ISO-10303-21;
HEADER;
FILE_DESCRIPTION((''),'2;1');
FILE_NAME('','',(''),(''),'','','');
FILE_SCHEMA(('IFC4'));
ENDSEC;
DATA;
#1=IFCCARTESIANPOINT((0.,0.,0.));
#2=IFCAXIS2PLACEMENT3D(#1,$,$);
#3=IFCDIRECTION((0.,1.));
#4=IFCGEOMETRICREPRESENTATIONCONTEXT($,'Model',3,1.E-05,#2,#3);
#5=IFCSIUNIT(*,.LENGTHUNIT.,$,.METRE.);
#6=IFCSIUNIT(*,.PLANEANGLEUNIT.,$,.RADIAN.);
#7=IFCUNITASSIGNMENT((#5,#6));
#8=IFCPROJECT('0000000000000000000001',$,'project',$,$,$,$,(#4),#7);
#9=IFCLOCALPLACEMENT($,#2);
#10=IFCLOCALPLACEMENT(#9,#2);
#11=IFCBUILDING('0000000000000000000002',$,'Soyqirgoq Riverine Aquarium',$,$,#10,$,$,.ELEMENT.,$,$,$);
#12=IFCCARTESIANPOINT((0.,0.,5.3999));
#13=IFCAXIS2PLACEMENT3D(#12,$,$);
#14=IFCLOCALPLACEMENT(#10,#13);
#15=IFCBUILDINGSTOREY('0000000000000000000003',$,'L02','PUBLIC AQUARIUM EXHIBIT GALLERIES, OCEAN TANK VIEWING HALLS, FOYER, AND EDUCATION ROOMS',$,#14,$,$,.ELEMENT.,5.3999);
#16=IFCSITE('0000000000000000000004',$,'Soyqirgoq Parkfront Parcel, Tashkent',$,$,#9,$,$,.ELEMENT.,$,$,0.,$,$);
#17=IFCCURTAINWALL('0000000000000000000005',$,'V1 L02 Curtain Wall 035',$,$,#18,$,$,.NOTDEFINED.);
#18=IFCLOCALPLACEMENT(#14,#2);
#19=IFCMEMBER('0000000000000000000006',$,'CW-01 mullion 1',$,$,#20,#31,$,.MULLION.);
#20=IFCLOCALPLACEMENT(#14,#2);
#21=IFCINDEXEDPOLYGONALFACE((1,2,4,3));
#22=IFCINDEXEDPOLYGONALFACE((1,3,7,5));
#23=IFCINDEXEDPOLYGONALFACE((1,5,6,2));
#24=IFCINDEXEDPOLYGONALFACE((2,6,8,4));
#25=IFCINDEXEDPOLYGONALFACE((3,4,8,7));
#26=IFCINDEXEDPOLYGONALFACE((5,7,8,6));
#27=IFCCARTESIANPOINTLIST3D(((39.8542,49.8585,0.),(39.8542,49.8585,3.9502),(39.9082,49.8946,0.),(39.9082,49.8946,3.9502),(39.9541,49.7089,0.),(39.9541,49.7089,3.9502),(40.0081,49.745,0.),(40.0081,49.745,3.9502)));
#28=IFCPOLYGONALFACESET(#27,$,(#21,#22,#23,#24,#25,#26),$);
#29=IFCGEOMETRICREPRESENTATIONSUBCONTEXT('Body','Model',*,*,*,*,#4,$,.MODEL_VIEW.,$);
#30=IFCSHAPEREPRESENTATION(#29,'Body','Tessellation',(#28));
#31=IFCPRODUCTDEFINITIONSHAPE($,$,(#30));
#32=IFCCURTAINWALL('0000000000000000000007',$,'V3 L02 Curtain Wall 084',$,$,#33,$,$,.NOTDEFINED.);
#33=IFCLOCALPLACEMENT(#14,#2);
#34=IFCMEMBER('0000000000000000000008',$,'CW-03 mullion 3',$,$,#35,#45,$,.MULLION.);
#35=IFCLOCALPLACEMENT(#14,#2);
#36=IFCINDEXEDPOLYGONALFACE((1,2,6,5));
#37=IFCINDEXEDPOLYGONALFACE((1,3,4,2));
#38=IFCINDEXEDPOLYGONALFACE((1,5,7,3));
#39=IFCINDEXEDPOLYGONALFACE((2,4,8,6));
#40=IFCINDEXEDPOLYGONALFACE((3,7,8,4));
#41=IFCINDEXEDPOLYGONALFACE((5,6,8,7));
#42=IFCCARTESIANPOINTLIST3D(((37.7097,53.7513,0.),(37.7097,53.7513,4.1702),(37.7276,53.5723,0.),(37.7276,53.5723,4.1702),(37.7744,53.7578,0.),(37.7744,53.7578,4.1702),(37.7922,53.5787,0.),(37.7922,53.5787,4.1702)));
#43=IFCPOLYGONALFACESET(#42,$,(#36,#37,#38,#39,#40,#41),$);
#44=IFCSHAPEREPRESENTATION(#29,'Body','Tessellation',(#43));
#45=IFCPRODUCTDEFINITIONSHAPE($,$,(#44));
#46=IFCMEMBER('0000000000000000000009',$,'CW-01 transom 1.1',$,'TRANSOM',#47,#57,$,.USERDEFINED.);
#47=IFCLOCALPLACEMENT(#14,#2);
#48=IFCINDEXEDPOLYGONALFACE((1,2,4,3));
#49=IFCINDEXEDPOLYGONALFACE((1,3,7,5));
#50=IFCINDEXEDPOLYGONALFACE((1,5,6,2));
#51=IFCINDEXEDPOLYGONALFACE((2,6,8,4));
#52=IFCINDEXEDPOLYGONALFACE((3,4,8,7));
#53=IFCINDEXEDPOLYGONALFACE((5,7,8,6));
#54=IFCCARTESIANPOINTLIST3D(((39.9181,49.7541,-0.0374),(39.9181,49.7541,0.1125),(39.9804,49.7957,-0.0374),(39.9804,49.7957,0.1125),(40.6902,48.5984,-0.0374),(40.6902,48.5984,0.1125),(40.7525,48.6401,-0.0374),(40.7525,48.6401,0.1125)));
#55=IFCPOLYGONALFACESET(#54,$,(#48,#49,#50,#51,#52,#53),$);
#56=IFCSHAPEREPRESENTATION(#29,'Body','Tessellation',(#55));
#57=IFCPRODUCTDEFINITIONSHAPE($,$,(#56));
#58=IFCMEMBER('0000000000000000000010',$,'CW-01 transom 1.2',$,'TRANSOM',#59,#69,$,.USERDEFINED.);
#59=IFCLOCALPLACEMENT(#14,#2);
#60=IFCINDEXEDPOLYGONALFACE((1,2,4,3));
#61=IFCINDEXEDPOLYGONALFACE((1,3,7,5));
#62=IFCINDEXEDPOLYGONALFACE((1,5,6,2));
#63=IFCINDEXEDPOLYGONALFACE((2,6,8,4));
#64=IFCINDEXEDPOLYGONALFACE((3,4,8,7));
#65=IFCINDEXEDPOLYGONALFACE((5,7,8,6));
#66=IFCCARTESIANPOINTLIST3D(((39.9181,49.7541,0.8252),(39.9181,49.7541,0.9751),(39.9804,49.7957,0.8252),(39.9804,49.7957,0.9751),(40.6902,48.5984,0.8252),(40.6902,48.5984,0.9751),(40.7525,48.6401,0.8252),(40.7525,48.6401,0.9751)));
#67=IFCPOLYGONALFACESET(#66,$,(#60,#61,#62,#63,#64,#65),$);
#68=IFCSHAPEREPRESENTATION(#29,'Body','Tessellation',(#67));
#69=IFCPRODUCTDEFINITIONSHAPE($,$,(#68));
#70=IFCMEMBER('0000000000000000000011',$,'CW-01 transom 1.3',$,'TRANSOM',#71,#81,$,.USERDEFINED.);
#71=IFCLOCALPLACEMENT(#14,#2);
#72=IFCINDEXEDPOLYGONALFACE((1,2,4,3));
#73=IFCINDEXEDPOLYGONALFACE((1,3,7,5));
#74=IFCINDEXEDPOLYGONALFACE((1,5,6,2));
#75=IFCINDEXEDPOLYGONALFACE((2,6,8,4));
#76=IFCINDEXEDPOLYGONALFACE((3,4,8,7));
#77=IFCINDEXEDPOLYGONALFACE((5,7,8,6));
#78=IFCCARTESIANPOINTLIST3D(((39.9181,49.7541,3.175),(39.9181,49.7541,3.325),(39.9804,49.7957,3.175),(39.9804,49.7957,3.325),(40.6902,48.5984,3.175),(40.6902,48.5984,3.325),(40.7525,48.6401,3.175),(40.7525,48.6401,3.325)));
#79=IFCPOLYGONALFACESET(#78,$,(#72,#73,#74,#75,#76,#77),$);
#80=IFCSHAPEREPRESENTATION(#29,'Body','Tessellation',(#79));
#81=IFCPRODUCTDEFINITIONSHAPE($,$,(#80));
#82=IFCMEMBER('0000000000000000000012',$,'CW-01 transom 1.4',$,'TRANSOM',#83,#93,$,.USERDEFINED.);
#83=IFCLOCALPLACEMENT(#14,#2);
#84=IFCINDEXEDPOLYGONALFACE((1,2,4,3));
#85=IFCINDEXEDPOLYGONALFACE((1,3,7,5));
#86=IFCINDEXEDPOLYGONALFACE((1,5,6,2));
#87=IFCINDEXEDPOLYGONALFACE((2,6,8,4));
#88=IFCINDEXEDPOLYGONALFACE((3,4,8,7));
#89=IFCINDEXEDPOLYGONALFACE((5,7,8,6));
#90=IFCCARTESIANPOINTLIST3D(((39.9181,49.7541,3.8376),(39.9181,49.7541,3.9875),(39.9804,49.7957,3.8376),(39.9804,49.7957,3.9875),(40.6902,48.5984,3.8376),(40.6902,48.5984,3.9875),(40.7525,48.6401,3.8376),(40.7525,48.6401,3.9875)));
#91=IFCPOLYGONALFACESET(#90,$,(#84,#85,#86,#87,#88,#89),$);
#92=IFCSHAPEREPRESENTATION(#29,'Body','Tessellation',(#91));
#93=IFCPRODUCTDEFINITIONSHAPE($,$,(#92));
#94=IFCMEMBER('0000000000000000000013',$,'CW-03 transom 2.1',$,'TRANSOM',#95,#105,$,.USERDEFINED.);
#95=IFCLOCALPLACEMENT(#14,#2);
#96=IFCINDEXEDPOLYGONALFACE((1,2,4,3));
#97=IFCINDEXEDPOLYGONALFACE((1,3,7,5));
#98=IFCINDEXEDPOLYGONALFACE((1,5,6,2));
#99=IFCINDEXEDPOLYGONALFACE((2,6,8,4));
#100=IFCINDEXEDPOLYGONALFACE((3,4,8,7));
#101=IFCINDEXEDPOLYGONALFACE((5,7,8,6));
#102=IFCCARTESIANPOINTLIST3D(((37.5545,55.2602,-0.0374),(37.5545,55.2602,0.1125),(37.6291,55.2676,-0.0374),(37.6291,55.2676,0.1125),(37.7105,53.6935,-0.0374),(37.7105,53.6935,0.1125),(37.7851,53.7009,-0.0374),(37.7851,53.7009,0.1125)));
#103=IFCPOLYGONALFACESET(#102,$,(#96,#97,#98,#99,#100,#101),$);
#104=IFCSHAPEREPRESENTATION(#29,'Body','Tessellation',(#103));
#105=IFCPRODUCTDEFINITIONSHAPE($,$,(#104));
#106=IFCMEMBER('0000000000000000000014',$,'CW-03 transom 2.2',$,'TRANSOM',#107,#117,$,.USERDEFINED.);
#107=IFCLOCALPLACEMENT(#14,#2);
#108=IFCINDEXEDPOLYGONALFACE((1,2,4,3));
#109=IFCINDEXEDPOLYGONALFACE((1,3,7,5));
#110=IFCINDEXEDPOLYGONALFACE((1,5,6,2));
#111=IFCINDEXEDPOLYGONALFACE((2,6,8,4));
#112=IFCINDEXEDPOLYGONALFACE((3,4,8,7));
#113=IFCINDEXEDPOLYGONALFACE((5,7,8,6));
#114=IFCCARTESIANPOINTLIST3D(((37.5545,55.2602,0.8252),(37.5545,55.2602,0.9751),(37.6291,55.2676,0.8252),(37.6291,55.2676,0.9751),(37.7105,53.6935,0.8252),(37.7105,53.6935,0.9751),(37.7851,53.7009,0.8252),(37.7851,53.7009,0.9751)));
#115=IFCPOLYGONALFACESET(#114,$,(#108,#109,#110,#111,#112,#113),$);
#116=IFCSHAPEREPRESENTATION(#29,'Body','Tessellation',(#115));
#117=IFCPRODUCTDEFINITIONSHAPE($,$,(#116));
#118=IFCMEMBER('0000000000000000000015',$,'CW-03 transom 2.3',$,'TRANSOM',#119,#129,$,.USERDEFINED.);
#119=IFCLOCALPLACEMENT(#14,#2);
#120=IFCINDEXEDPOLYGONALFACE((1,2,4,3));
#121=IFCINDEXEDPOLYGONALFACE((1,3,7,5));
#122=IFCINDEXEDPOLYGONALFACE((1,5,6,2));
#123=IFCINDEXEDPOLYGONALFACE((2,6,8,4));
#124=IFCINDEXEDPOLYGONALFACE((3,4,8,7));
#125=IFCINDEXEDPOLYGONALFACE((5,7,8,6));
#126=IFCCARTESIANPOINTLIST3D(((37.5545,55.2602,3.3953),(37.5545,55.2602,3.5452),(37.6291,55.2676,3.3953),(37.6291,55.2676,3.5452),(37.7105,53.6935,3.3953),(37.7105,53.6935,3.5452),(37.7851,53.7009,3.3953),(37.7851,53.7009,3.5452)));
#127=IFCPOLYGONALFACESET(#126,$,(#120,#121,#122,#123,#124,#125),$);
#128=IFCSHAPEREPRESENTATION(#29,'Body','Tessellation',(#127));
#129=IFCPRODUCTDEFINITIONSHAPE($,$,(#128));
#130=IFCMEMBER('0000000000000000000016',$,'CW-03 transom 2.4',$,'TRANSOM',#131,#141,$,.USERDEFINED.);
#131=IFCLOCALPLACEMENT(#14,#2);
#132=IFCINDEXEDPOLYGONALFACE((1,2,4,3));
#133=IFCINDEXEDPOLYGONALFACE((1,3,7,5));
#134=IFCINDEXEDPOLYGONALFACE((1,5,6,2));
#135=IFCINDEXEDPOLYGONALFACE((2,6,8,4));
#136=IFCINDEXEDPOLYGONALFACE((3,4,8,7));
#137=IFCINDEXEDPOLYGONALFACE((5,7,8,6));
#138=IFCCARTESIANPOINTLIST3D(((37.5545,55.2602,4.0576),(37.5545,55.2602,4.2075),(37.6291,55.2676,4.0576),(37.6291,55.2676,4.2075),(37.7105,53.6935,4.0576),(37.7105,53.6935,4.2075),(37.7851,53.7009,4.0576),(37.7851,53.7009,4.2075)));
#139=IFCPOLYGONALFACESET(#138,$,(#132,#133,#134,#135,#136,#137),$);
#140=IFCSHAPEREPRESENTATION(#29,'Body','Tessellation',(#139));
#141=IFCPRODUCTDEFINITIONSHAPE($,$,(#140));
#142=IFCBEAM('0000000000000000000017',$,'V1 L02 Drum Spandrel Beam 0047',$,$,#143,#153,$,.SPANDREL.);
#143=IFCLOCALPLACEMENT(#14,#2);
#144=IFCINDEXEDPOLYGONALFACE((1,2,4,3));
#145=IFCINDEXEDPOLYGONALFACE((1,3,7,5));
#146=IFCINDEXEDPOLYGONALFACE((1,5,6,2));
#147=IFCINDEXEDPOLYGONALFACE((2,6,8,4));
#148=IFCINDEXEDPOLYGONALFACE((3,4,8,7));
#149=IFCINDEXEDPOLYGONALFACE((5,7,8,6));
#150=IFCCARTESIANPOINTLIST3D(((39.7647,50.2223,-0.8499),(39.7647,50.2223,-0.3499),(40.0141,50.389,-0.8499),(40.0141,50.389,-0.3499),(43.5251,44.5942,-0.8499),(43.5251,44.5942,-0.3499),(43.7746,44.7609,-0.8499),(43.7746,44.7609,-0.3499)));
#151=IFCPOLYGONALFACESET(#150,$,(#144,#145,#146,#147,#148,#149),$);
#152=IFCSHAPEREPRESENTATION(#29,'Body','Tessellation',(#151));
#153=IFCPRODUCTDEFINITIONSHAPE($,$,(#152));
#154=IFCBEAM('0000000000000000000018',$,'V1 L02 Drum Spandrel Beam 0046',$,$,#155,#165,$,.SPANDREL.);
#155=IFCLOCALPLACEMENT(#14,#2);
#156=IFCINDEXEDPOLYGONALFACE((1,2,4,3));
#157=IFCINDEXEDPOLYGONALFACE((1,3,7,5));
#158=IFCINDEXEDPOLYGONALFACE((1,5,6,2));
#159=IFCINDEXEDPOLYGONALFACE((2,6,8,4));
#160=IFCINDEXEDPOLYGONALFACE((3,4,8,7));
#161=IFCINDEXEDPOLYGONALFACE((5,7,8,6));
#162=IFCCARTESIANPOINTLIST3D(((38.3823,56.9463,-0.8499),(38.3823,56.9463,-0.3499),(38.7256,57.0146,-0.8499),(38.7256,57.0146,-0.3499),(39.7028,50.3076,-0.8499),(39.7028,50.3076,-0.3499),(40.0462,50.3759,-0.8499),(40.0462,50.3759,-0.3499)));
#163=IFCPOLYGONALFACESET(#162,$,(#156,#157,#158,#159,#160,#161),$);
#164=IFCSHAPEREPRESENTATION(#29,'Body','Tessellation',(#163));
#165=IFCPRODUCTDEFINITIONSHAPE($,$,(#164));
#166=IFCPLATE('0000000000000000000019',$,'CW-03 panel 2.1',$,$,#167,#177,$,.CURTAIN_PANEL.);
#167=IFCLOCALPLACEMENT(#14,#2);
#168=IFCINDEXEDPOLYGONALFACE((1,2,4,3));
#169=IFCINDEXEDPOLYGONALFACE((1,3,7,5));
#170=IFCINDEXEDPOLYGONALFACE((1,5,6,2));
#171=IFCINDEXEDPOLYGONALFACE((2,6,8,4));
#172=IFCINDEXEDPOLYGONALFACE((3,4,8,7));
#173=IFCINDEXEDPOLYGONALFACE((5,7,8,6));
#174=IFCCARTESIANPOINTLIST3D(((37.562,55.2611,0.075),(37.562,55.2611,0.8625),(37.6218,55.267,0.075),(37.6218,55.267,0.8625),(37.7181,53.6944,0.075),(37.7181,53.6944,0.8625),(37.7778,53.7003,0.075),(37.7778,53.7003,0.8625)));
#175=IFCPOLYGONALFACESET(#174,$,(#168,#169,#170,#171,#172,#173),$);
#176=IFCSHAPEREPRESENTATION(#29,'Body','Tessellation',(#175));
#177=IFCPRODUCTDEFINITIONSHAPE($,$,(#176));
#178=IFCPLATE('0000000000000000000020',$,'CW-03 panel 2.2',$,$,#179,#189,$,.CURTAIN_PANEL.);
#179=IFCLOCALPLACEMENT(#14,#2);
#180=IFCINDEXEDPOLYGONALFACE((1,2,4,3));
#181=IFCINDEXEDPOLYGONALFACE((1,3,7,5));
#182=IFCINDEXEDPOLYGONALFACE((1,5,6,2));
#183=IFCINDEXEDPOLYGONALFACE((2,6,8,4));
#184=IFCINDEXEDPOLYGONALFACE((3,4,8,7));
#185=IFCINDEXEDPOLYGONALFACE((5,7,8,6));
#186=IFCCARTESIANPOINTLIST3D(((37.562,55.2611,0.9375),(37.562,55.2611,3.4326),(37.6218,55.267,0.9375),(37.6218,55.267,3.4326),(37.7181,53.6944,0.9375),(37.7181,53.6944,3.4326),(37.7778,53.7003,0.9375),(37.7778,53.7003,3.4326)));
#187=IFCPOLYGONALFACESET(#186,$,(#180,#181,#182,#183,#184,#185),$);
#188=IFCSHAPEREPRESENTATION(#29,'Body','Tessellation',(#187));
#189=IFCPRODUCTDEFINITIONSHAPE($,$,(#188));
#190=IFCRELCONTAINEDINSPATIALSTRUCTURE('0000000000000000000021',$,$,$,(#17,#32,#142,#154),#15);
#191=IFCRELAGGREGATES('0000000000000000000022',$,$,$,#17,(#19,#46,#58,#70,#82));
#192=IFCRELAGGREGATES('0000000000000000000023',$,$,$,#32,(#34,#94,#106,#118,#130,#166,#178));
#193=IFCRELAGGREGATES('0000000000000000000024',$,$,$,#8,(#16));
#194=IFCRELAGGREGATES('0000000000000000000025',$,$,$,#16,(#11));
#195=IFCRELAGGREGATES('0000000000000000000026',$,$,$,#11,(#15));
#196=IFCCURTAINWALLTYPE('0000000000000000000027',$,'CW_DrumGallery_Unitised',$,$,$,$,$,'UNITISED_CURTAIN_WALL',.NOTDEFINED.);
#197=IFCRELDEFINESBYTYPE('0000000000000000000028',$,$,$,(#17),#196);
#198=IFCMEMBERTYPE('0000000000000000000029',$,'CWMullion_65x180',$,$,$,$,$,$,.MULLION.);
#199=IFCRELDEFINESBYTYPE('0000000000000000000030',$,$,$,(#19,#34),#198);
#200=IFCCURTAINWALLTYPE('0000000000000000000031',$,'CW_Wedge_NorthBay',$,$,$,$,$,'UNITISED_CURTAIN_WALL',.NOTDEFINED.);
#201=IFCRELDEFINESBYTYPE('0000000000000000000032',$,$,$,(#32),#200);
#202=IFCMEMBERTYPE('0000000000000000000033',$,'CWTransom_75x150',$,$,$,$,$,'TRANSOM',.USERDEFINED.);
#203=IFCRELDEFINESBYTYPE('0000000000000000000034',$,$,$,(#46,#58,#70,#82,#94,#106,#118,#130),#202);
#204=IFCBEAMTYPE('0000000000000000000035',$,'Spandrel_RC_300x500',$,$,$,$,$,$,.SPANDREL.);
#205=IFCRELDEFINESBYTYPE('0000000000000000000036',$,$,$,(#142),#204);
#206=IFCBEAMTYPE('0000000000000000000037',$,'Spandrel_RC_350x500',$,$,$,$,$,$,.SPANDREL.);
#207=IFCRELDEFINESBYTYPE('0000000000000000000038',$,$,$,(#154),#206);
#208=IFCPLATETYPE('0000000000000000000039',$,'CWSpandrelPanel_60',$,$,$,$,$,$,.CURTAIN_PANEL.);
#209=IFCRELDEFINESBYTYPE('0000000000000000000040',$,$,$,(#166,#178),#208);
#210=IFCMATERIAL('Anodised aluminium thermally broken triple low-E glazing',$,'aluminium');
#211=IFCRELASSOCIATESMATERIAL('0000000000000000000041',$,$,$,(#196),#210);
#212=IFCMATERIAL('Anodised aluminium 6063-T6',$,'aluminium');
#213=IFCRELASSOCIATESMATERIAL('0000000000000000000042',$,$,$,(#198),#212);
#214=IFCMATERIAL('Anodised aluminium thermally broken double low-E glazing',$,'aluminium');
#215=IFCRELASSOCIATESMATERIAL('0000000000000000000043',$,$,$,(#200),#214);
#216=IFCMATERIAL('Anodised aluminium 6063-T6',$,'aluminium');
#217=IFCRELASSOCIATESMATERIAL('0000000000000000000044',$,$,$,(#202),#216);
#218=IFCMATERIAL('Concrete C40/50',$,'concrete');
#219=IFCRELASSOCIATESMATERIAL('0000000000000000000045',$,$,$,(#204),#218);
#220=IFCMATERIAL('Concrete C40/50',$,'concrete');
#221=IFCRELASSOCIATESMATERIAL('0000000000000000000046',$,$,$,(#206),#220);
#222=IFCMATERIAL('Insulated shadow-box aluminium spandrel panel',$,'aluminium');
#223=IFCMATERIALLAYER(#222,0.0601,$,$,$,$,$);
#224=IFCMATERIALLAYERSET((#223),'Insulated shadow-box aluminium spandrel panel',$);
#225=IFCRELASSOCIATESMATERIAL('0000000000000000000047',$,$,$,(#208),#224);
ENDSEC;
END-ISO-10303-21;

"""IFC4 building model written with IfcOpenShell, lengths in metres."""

from ifc_helpers import new_model, si_unit, direction, frame, origin, origin_2d, place, context, subcontext, project, spatial, rectangle, extrude, material, layer, layer_set, material_profile, profile_set, type_object, element, aggregate, save


model = new_model("IFC4")

# Units and contexts
model_context = context("Model", 3, precision=1e-05, world=origin(), true_north=direction((0.0, 1.0)))
body_context = subcontext(model_context, "Body", "Model", "MODEL_VIEW")
ifc_project = project(units=[si_unit("LENGTHUNIT", "METRE"), si_unit("PLANEANGLEUNIT", "RADIAN")], contexts=[model_context])

# Site, building, storey
site_placement = place(None, origin())
site = spatial("IfcSite", under=ifc_project, at=site_placement, Name="Soyqirgoq Parkfront Parcel, Tashkent", CompositionType="ELEMENT", RefElevation=0.0)
building_placement = place(site_placement, origin())
building = spatial("IfcBuilding", under=site, at=building_placement, Name="Soyqirgoq Riverine Aquarium", CompositionType="ELEMENT")
storey_placement = place(building_placement, frame((0.0, 0.0, 5.3999)))
storey = spatial("IfcBuildingStorey", under=building, at=storey_placement, Name="L02", Description="PUBLIC AQUARIUM EXHIBIT GALLERIES, OCEAN TANK VIEWING HALLS, FOYER, AND EDUCATION ROOMS", CompositionType="ELEMENT", Elevation=5.3999)

# Curtain walls, members
ifc_material_1 = material(Name="Anodised aluminium thermally broken triple low-E glazing", Category="aluminium")
curtain_wall_type_1 = type_object("IfcCurtainWallType", Name="CW_DrumGallery_Unitised", ElementType="UNITISED_CURTAIN_WALL", PredefinedType="NOTDEFINED", material=ifc_material_1)
curtain_wall_1_placement = place(storey_placement, origin())
curtain_wall_1 = element("IfcCurtainWall", 1, at=curtain_wall_1_placement, inside=storey, type_object=curtain_wall_type_1, Name="V1 L02 Curtain Wall 035", PredefinedType="NOTDEFINED")
ifc_material_2 = material(Name="Anodised aluminium 6063-T6", Category="aluminium")
ifc_material_profile_1 = material_profile(ifc_material_2, rectangle(XDim=0.0649, YDim=0.1799, at=origin_2d()), Name="ALU-M 65x180")
ifc_profile_set_1 = profile_set([ifc_material_profile_1], Name="Anodised aluminium 6063-T6")
member_type_1 = type_object("IfcMemberType", Name="CWMullion_65x180", PredefinedType="MULLION", material=ifc_profile_set_1)
member_1_placement = place(storey_placement, frame((39.9312, 49.8018, 0.0), z_axis=(0.0, 0.0, 1.0), x_axis=(0.831473, 0.555565, 0.0)))
member_1 = element("IfcMember", 2, at=member_1_placement, type_object=member_type_1, Name="CW-01 mullion 1", PredefinedType="MULLION", context=body_context, shape_type="SweptSolid", body=[
    extrude(rectangle(XDim=0.0649, YDim=0.1799, at=origin_2d()), origin(), (0.0, 0.0, 1.0), 3.9502),
])
ifc_material_3 = material(Name="Anodised aluminium thermally broken double low-E glazing", Category="aluminium")
curtain_wall_type_2 = type_object("IfcCurtainWallType", Name="CW_Wedge_NorthBay", ElementType="UNITISED_CURTAIN_WALL", PredefinedType="NOTDEFINED", material=ifc_material_3)
curtain_wall_2_placement = place(storey_placement, origin())
curtain_wall_2 = element("IfcCurtainWall", 3, at=curtain_wall_2_placement, inside=storey, type_object=curtain_wall_type_2, Name="V3 L02 Curtain Wall 084", PredefinedType="NOTDEFINED")
member_2_placement = place(storey_placement, frame((37.751, 53.665, 0.0), z_axis=(0.0, 0.0, 1.0), x_axis=(0.995074, 0.09914, 0.0)))
member_2 = element("IfcMember", 4, at=member_2_placement, type_object=member_type_1, Name="CW-03 mullion 3", PredefinedType="MULLION", context=body_context, shape_type="SweptSolid", body=[
    extrude(rectangle(XDim=0.0649, YDim=0.1799, at=origin_2d()), origin(), (0.0, 0.0, 1.0), 4.1702),
])

# Members
ifc_material_4 = material(Name="Anodised aluminium 6063-T6", Category="aluminium")
ifc_material_profile_2 = material_profile(ifc_material_4, rectangle(XDim=0.075, YDim=0.1499, at=origin_2d()), Name="ALU-T 75x150")
ifc_profile_set_2 = profile_set([ifc_material_profile_2], Name="Anodised aluminium 6063-T6")
member_type_2 = type_object("IfcMemberType", Name="CWTransom_75x150", ElementType="TRANSOM", PredefinedType="USERDEFINED", material=ifc_profile_set_2)
member_3_placement = place(storey_placement, frame((39.9492, 49.7749, 0.0376), z_axis=(0.555551, -0.831482, 0.0), x_axis=(0.831482, 0.555551, 0.0)))
member_3 = element("IfcMember", 5, at=member_3_placement, type_object=member_type_2, Name="CW-01 transom 1.1", ObjectType="TRANSOM", PredefinedType="USERDEFINED", context=body_context, shape_type="SweptSolid", body=[
    extrude(rectangle(XDim=0.075, YDim=0.1499, at=origin_2d()), origin(), (0.0, 0.0, 1.0), 1.3899),
])
member_4_placement = place(storey_placement, frame((39.9492, 49.7749, 0.9001), z_axis=(0.555551, -0.831482, 0.0), x_axis=(0.831482, 0.555551, 0.0)))
member_4 = element("IfcMember", 6, at=member_4_placement, type_object=member_type_2, Name="CW-01 transom 1.2", ObjectType="TRANSOM", PredefinedType="USERDEFINED", context=body_context, shape_type="SweptSolid", body=[
    extrude(rectangle(XDim=0.075, YDim=0.1499, at=origin_2d()), origin(), (0.0, 0.0, 1.0), 1.3899),
])
member_5_placement = place(storey_placement, frame((39.9492, 49.7749, 3.25), z_axis=(0.555551, -0.831482, 0.0), x_axis=(0.831482, 0.555551, 0.0)))
member_5 = element("IfcMember", 7, at=member_5_placement, type_object=member_type_2, Name="CW-01 transom 1.3", ObjectType="TRANSOM", PredefinedType="USERDEFINED", context=body_context, shape_type="SweptSolid", body=[
    extrude(rectangle(XDim=0.075, YDim=0.1499, at=origin_2d()), origin(), (0.0, 0.0, 1.0), 1.3899),
])
member_6_placement = place(storey_placement, frame((39.9492, 49.7749, 3.9126), z_axis=(0.555551, -0.831482, 0.0), x_axis=(0.831482, 0.555551, 0.0)))
member_6 = element("IfcMember", 8, at=member_6_placement, type_object=member_type_2, Name="CW-01 transom 1.4", ObjectType="TRANSOM", PredefinedType="USERDEFINED", context=body_context, shape_type="SweptSolid", body=[
    extrude(rectangle(XDim=0.075, YDim=0.1499, at=origin_2d()), origin(), (0.0, 0.0, 1.0), 1.3899),
])
aggregate(curtain_wall_1, [member_1, member_3, member_4, member_5, member_6])
member_7_placement = place(storey_placement, frame((37.5918, 55.2639, 0.0376), z_axis=(0.099089, -0.995079, 0.0), x_axis=(0.995079, 0.099089, 0.0)))
member_7 = element("IfcMember", 9, at=member_7_placement, type_object=member_type_2, Name="CW-03 transom 2.1", ObjectType="TRANSOM", PredefinedType="USERDEFINED", context=body_context, shape_type="SweptSolid", body=[
    extrude(rectangle(XDim=0.075, YDim=0.1499, at=origin_2d()), origin(), (0.0, 0.0, 1.0), 1.5745),
])
member_8_placement = place(storey_placement, frame((37.5918, 55.2639, 0.9001), z_axis=(0.099089, -0.995079, 0.0), x_axis=(0.995079, 0.099089, 0.0)))
member_8 = element("IfcMember", 10, at=member_8_placement, type_object=member_type_2, Name="CW-03 transom 2.2", ObjectType="TRANSOM", PredefinedType="USERDEFINED", context=body_context, shape_type="SweptSolid", body=[
    extrude(rectangle(XDim=0.075, YDim=0.1499, at=origin_2d()), origin(), (0.0, 0.0, 1.0), 1.5745),
])
member_9_placement = place(storey_placement, frame((37.5918, 55.2639, 3.4702), z_axis=(0.099089, -0.995079, 0.0), x_axis=(0.995079, 0.099089, 0.0)))
member_9 = element("IfcMember", 11, at=member_9_placement, type_object=member_type_2, Name="CW-03 transom 2.3", ObjectType="TRANSOM", PredefinedType="USERDEFINED", context=body_context, shape_type="SweptSolid", body=[
    extrude(rectangle(XDim=0.075, YDim=0.1499, at=origin_2d()), origin(), (0.0, 0.0, 1.0), 1.5745),
])
member_10_placement = place(storey_placement, frame((37.5918, 55.2639, 4.1326), z_axis=(0.099089, -0.995079, 0.0), x_axis=(0.995079, 0.099089, 0.0)))
member_10 = element("IfcMember", 12, at=member_10_placement, type_object=member_type_2, Name="CW-03 transom 2.4", ObjectType="TRANSOM", PredefinedType="USERDEFINED", context=body_context, shape_type="SweptSolid", body=[
    extrude(rectangle(XDim=0.075, YDim=0.1499, at=origin_2d()), origin(), (0.0, 0.0, 1.0), 1.5745),
])

# Beams
ifc_material_5 = material(Name="Concrete C40/50", Category="concrete")
ifc_material_profile_3 = material_profile(ifc_material_5, rectangle(XDim=0.3, YDim=0.5, at=origin_2d()), Name="RC 300x500")
ifc_profile_set_3 = profile_set([ifc_material_profile_3], Name="Concrete C40/50")
beam_type_1 = type_object("IfcBeamType", Name="Spandrel_RC_300x500", PredefinedType="SPANDREL", material=ifc_profile_set_3)
beam_1_placement = place(storey_placement, frame((39.8894, 50.3057, -0.5999), z_axis=(0.555557, -0.831478, 0.0), x_axis=(0.831478, 0.555557, 0.0)))
element("IfcBeam", 13, at=beam_1_placement, inside=storey, type_object=beam_type_1, Name="V1 L02 Drum Spandrel Beam 0047", PredefinedType="SPANDREL", context=body_context, shape_type="SweptSolid", body=[
    extrude(rectangle(XDim=0.3, YDim=0.5, at=origin_2d()), origin(), (0.0, 0.0, 1.0), 6.7688),
])
ifc_material_6 = material(Name="Concrete C40/50", Category="concrete")
ifc_material_profile_4 = material_profile(ifc_material_6, rectangle(XDim=0.3501, YDim=0.5, at=origin_2d()), Name="RC 350x500")
ifc_profile_set_4 = profile_set([ifc_material_profile_4], Name="Concrete C40/50")
beam_type_2 = type_object("IfcBeamType", Name="Spandrel_RC_350x500", PredefinedType="SPANDREL", material=ifc_profile_set_4)
beam_2_placement = place(storey_placement, frame((38.554, 56.9805, -0.5999), z_axis=(0.195096, -0.980784, 0.0), x_axis=(0.980784, 0.195096, 0.0)))
element("IfcBeam", 14, at=beam_2_placement, inside=storey, type_object=beam_type_2, Name="V1 L02 Drum Spandrel Beam 0046", PredefinedType="SPANDREL", context=body_context, shape_type="SweptSolid", body=[
    extrude(rectangle(XDim=0.3501, YDim=0.5, at=origin_2d()), origin(), (0.0, 0.0, 1.0), 6.7688),
])

# Plates
ifc_material_7 = material(Name="Insulated shadow-box aluminium spandrel panel", Category="aluminium")
ifc_layer_1 = layer(ifc_material_7, 0.0601)
ifc_layer_set_1 = layer_set([ifc_layer_1], Name="Insulated shadow-box aluminium spandrel panel")
plate_type = type_object("IfcPlateType", Name="CWSpandrelPanel_60", PredefinedType="CURTAIN_PANEL", material=ifc_layer_set_1)
plate_1_placement = place(storey_placement, frame((37.6699, 54.4807, 0.075), z_axis=(0.0, 0.0, 1.0), x_axis=(0.09914, -0.995074, 0.0)))
plate_1 = element("IfcPlate", 15, at=plate_1_placement, type_object=plate_type, Name="CW-03 panel 2.1", PredefinedType="CURTAIN_PANEL", context=body_context, shape_type="SweptSolid", body=[
    extrude(rectangle(XDim=1.5745, YDim=0.0601, at=origin_2d()), origin(), (0.0, 0.0, 1.0), 0.7876),
])
plate_2_placement = place(storey_placement, frame((37.6699, 54.4807, 0.9375), z_axis=(0.0, 0.0, 1.0), x_axis=(0.09914, -0.995074, 0.0)))
plate_2 = element("IfcPlate", 16, at=plate_2_placement, type_object=plate_type, Name="CW-03 panel 2.2", PredefinedType="CURTAIN_PANEL", context=body_context, shape_type="SweptSolid", body=[
    extrude(rectangle(XDim=1.5745, YDim=0.0601, at=origin_2d()), origin(), (0.0, 0.0, 1.0), 2.4951),
])
aggregate(curtain_wall_2, [member_2, member_7, member_8, member_9, member_10, plate_1, plate_2])

save(model, "model.ifc")
